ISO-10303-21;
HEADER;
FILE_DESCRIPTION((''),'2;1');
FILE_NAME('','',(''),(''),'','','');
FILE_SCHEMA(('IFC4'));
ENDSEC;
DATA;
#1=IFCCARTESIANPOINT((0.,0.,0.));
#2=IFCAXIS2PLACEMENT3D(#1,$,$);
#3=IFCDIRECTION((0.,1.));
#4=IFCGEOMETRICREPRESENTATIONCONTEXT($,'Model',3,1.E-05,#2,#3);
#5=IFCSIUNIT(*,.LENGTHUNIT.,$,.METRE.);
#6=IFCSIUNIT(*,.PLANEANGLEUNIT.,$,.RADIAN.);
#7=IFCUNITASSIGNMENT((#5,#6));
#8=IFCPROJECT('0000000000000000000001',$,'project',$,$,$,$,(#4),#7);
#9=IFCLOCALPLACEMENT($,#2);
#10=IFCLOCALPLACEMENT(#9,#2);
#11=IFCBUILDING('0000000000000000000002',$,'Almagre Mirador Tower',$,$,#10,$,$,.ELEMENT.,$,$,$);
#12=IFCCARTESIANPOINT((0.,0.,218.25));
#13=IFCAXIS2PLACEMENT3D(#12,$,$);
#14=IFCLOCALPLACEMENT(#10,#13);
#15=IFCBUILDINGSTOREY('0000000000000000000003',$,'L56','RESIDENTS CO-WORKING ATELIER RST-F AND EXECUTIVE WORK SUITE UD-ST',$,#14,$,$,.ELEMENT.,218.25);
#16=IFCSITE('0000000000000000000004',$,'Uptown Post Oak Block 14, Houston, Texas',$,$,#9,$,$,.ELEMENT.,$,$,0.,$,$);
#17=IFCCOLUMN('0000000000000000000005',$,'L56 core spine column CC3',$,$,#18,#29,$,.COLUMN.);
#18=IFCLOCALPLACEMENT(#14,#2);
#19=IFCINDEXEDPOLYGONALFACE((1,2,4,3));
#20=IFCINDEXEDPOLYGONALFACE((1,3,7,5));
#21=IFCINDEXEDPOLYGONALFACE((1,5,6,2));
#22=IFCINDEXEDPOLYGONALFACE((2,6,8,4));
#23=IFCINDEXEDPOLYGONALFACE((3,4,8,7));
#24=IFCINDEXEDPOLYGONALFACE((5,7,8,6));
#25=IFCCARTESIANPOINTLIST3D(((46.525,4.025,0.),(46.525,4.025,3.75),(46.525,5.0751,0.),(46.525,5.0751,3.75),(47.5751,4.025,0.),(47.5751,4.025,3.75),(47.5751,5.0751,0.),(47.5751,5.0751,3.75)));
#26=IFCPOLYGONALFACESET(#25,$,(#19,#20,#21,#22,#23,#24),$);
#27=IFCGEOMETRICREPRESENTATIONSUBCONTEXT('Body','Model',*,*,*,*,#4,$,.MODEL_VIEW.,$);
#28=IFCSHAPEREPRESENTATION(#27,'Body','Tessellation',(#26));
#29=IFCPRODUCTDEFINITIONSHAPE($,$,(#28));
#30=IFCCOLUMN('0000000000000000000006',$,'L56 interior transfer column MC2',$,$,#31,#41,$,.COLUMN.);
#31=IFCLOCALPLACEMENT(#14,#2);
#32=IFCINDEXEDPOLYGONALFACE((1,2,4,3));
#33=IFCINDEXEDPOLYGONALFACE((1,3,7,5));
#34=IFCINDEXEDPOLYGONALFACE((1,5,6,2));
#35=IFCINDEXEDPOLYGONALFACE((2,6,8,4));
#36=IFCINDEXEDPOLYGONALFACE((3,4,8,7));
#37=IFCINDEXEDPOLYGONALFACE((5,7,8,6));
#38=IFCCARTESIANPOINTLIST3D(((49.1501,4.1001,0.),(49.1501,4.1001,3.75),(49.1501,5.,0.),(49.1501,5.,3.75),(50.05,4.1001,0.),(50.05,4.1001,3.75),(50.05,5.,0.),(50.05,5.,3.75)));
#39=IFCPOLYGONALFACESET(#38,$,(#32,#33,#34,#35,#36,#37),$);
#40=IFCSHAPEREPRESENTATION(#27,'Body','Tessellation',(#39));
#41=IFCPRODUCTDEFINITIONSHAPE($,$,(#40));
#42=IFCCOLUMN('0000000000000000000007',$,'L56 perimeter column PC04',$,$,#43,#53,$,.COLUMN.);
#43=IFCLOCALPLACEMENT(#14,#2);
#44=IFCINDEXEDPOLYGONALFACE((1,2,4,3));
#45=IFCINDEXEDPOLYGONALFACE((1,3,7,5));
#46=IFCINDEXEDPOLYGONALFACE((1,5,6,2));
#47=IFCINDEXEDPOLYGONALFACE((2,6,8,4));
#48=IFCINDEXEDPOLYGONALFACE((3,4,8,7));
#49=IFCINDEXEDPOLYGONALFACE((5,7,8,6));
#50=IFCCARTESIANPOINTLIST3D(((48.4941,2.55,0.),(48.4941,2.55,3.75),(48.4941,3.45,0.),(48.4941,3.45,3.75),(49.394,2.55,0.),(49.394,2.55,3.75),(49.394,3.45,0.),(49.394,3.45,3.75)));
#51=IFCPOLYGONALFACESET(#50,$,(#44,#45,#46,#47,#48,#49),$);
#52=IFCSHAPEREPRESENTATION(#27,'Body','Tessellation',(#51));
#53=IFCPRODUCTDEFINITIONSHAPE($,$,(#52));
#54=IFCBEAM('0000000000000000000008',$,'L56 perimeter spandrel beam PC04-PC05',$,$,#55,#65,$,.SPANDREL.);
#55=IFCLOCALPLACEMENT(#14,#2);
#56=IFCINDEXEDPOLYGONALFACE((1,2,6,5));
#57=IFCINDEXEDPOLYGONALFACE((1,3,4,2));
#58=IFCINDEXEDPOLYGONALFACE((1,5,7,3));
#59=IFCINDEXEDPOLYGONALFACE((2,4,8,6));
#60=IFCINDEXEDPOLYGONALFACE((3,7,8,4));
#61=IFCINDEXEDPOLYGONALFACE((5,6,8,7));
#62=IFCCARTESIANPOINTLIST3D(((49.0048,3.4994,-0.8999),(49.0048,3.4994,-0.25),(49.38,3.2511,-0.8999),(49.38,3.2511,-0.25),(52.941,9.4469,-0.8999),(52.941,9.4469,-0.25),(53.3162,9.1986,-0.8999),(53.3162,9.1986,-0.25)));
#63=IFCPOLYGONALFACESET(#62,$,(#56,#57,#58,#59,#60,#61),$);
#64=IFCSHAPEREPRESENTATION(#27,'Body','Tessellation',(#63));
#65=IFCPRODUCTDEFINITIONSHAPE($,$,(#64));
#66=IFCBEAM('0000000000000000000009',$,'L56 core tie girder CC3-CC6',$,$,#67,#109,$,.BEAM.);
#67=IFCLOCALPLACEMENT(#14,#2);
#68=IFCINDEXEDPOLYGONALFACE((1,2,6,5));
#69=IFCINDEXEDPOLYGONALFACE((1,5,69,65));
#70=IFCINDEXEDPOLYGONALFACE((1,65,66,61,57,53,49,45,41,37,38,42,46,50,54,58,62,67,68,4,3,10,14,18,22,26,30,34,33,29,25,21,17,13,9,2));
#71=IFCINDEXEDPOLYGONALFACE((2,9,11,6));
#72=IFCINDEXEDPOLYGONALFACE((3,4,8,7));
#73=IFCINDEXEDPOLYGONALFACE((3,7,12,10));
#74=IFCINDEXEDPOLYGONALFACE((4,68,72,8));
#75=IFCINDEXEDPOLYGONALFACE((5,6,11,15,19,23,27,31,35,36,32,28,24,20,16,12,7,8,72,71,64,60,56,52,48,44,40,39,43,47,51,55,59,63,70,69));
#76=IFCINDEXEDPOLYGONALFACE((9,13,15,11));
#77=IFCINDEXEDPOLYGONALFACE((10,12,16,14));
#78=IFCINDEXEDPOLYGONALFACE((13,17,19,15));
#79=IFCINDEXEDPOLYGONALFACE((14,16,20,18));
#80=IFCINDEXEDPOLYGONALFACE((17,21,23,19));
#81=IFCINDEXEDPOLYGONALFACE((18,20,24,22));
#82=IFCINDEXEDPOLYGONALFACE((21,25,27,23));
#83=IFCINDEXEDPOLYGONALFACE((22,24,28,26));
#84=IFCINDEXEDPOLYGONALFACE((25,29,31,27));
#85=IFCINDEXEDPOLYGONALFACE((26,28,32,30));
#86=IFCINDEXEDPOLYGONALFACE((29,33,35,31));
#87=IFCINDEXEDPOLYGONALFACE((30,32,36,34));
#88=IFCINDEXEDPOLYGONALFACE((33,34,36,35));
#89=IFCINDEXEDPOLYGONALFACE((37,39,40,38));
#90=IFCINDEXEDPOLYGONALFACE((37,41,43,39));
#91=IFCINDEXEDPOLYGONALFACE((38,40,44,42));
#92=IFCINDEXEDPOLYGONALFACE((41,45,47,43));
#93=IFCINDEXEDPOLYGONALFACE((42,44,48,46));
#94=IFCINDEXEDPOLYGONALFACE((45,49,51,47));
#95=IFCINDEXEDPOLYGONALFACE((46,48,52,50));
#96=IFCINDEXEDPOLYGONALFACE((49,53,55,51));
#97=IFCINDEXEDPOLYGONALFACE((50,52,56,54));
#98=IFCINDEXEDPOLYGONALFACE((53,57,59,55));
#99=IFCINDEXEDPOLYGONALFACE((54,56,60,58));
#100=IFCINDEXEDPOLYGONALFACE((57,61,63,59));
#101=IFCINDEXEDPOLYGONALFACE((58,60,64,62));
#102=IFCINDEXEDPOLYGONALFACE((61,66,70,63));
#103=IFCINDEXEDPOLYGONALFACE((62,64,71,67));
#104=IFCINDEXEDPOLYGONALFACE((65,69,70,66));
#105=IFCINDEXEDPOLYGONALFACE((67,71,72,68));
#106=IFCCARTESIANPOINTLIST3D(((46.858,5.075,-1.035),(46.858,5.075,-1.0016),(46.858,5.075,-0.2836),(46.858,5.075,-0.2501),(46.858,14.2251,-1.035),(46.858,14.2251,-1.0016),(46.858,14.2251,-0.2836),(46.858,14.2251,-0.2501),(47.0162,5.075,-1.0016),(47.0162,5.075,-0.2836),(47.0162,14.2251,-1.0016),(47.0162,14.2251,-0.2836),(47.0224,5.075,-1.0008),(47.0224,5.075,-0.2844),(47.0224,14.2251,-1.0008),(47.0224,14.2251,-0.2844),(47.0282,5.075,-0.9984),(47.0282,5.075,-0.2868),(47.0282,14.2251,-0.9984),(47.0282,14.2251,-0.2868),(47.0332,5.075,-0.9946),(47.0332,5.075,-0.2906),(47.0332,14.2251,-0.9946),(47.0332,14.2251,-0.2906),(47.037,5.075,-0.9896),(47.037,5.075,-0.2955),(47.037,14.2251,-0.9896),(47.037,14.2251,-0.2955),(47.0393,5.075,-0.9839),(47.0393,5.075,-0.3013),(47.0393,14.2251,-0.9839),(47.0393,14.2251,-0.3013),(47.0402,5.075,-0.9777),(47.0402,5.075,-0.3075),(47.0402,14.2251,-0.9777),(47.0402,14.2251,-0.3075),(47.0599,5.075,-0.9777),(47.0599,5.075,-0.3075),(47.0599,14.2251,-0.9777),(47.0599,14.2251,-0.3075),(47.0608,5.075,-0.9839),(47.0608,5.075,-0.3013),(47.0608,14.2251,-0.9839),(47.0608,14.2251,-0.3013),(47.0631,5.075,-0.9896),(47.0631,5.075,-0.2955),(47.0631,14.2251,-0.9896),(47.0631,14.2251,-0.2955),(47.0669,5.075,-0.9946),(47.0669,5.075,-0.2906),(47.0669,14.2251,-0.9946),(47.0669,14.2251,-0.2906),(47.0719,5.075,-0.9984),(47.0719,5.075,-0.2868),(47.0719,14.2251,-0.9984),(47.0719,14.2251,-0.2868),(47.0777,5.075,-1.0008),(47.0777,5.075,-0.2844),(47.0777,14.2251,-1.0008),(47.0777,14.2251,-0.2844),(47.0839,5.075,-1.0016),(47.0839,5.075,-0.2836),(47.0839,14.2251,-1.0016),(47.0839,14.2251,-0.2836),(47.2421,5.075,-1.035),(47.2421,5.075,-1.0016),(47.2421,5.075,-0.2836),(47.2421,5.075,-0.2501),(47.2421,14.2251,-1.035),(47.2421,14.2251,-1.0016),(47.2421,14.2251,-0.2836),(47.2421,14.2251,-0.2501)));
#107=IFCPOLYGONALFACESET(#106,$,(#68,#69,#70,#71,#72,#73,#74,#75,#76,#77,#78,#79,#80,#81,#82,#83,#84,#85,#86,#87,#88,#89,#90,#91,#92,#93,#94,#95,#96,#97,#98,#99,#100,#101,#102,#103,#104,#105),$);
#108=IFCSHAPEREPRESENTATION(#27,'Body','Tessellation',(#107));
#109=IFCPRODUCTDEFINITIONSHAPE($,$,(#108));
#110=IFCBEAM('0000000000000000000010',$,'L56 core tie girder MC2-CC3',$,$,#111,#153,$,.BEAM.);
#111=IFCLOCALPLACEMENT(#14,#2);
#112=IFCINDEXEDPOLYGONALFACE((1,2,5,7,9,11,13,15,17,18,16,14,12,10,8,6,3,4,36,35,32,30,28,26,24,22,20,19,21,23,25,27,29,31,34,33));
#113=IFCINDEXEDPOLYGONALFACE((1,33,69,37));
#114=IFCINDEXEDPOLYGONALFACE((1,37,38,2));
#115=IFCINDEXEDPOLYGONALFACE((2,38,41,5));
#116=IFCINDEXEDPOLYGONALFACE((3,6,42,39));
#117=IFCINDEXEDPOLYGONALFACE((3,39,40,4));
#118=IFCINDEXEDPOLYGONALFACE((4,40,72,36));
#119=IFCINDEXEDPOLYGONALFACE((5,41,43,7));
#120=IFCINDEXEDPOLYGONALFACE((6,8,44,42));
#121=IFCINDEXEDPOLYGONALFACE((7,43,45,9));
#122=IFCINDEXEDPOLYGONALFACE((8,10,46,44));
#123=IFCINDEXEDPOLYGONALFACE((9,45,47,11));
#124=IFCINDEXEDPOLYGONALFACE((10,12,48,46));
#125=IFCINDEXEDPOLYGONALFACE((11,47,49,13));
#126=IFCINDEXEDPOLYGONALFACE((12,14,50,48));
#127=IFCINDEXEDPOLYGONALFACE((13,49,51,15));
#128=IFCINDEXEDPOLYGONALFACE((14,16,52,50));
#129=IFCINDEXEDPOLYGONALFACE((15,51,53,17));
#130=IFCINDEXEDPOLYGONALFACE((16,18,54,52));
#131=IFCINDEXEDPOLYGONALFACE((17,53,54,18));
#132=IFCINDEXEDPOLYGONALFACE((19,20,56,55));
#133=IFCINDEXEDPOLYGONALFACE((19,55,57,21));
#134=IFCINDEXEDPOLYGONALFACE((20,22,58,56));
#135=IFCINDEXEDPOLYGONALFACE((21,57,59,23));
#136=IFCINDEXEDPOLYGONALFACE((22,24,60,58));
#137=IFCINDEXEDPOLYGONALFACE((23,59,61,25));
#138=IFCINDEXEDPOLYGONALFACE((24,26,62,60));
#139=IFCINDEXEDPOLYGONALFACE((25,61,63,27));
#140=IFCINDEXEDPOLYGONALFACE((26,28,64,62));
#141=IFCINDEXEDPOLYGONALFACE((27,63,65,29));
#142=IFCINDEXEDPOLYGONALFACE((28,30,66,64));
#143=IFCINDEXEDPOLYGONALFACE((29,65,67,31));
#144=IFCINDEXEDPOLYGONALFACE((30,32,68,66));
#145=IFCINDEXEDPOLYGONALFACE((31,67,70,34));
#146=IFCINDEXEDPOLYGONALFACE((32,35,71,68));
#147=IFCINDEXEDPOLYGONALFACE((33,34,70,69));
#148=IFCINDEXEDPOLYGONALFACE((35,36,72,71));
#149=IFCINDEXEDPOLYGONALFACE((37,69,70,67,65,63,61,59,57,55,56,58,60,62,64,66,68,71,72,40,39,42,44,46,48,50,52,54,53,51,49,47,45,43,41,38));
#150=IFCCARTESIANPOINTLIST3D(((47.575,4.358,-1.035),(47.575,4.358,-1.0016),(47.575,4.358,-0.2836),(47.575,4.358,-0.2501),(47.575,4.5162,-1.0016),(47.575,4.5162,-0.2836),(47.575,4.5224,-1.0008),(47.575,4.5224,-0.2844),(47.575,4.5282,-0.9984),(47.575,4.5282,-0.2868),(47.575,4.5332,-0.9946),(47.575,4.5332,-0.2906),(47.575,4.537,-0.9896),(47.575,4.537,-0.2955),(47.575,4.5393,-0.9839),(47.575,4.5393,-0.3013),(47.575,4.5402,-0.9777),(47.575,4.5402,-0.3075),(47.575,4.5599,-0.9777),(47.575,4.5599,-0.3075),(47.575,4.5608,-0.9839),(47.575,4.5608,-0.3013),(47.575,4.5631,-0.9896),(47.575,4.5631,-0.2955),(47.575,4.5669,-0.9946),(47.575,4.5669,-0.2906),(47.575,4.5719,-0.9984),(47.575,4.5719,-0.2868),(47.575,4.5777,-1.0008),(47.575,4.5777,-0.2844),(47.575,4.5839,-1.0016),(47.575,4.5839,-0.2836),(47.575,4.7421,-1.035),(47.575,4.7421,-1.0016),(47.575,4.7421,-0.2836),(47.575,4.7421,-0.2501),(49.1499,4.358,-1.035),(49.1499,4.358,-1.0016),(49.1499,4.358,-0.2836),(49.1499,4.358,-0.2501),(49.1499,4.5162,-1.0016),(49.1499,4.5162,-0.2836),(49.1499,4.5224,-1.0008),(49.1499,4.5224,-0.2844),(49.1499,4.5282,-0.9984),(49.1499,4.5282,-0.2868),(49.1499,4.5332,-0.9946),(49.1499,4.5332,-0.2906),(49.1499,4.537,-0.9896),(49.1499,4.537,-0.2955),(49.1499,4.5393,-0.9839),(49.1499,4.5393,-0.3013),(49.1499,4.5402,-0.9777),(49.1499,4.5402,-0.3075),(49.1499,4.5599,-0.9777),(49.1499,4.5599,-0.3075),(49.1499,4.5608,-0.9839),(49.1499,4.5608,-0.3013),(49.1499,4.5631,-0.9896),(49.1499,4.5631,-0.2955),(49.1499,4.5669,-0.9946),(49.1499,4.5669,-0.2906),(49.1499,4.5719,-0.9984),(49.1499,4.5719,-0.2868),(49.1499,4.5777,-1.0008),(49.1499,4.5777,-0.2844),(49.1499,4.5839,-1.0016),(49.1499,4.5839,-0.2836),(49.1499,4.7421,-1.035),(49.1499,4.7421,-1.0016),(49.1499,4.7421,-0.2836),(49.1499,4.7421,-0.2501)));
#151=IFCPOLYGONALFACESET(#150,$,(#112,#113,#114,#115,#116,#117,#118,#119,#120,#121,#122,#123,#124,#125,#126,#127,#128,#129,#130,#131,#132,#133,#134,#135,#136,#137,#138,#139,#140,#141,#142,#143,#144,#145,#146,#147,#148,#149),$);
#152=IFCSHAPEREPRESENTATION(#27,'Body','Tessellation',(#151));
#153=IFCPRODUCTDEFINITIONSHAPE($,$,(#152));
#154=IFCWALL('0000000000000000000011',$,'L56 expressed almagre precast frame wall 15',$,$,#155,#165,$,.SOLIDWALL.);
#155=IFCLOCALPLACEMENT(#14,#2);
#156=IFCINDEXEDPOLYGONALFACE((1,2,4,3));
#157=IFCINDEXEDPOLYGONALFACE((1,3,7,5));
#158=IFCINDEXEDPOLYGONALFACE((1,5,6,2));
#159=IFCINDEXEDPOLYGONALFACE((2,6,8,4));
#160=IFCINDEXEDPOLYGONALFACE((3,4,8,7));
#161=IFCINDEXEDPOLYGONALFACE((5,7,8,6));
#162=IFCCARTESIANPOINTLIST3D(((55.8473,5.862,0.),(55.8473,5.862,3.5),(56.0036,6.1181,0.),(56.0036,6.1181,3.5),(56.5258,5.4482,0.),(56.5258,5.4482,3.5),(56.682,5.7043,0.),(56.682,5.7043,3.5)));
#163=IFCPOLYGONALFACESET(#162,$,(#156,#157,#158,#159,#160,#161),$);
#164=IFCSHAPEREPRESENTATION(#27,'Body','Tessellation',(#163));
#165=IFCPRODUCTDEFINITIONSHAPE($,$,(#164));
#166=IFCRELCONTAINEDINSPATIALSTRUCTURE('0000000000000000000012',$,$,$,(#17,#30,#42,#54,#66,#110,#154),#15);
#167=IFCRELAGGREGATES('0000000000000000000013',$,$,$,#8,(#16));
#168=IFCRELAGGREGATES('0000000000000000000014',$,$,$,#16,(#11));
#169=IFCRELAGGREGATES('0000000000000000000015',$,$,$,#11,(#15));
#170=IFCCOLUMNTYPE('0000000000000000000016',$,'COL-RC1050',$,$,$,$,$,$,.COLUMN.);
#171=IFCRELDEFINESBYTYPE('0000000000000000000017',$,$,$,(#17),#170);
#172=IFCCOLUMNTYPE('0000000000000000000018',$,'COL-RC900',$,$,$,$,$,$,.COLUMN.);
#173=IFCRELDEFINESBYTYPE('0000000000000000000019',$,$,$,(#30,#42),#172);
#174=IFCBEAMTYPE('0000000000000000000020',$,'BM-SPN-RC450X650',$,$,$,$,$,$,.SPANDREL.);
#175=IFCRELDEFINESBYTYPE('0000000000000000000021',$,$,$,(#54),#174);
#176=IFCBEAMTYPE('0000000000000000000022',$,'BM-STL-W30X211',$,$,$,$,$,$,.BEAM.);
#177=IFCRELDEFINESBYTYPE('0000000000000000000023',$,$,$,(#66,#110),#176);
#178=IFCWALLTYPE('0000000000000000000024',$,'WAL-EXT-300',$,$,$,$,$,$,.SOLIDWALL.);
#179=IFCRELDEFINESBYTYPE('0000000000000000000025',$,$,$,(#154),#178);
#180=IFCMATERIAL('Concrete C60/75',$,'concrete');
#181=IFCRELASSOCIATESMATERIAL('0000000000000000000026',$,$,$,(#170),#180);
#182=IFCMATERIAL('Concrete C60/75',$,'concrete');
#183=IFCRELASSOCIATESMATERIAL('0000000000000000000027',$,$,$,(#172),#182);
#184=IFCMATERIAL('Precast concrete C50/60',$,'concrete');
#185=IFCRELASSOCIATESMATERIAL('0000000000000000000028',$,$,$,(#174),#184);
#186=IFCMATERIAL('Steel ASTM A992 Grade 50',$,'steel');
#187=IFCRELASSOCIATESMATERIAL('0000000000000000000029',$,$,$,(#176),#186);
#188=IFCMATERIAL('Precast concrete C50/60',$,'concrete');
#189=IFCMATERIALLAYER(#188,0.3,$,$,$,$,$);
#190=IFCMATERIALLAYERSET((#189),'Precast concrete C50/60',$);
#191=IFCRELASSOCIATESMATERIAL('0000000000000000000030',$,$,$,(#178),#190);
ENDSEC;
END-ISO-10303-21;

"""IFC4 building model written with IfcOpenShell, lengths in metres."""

from ifc_helpers import new_model, si_unit, direction, frame, frame_2d, origin, origin_2d, place, context, subcontext, project, spatial, rectangle, i_section, extrude, material, layer, layer_set, material_profile, profile_set, type_object, element, save


model = new_model("IFC4")

# Units and contexts
model_context = context("Model", 3, precision=1e-05, world=origin(), true_north=direction((0.0, 1.0)))
body_context = subcontext(model_context, "Body", "Model", "MODEL_VIEW")
ifc_project = project(units=[si_unit("LENGTHUNIT", "METRE"), si_unit("PLANEANGLEUNIT", "RADIAN")], contexts=[model_context])

# Site, building, storey
site_placement = place(None, origin())
site = spatial("IfcSite", under=ifc_project, at=site_placement, Name="Uptown Post Oak Block 14, Houston, Texas", CompositionType="ELEMENT", RefElevation=0.0)
building_placement = place(site_placement, origin())
building = spatial("IfcBuilding", under=site, at=building_placement, Name="Almagre Mirador Tower", CompositionType="ELEMENT")
storey_placement = place(building_placement, frame((0.0, 0.0, 218.25)))
storey = spatial("IfcBuildingStorey", under=building, at=storey_placement, Name="L56", Description="RESIDENTS CO-WORKING ATELIER RST-F AND EXECUTIVE WORK SUITE UD-ST", CompositionType="ELEMENT", Elevation=218.25)

# Columns
ifc_material_1 = material(Name="Concrete C60/75", Category="concrete")
ifc_material_profile_1 = material_profile(ifc_material_1, rectangle(XDim=1.05, YDim=1.05, at=origin_2d()), Name="RC1050X1050")
ifc_profile_set_1 = profile_set([ifc_material_profile_1], Name="Concrete C60/75")
column_type_1 = type_object("IfcColumnType", Name="COL-RC1050", PredefinedType="COLUMN", material=ifc_profile_set_1)
column_placement = place(storey_placement, frame((47.05, 4.55, 0.0), z_axis=(0.0, 0.0, 1.0), x_axis=(1.0, 0.0, 0.0)))
element("IfcColumn", 1, at=column_placement, inside=storey, type_object=column_type_1, Name="L56 core spine column CC3", PredefinedType="COLUMN", context=body_context, shape_type="SweptSolid", body=[
    extrude(rectangle(XDim=1.05, YDim=1.05, at=origin_2d()), origin(), (0.0, 0.0, 1.0), 3.75),
])
ifc_material_2 = material(Name="Concrete C60/75", Category="concrete")
ifc_material_profile_2 = material_profile(ifc_material_2, rectangle(XDim=0.8999, YDim=0.8999, at=origin_2d()), Name="RC900X900")
ifc_profile_set_2 = profile_set([ifc_material_profile_2], Name="Concrete C60/75")
column_type_2 = type_object("IfcColumnType", Name="COL-RC900", PredefinedType="COLUMN", material=ifc_profile_set_2)
for number, where, z_axis, x_axis, name in (
    (2, (49.6001, 4.55, 0.0), (0.0, 0.0, 1.0), (1.0, 0.0, 0.0), "L56 interior transfer column MC2"),
    (3, (48.9441, 3.0, 0.0), (0.0, 0.0, 1.0), (1.0, 0.0, 0.0), "L56 perimeter column PC04"),
):
    element("IfcColumn", number, at=place(storey_placement, frame(where, z_axis=z_axis, x_axis=x_axis)), inside=storey, type_object=column_type_2, Name=name, PredefinedType="COLUMN", context=body_context, shape_type="SweptSolid", body=[
        extrude(rectangle(XDim=0.8999, YDim=0.8999, at=origin_2d()), origin(), (0.0, 0.0, 1.0), 3.75),
    ])

# Beams
ifc_material_3 = material(Name="Precast concrete C50/60", Category="concrete")
ifc_material_profile_3 = material_profile(ifc_material_3, rectangle(XDim=0.45, YDim=0.6499, at=origin_2d()), Name="RC450X650")
ifc_profile_set_3 = profile_set([ifc_material_profile_3], Name="Precast concrete C50/60")
beam_type_1 = type_object("IfcBeamType", Name="BM-SPN-RC450X650", PredefinedType="SPANDREL", material=ifc_profile_set_3)
beam_1_placement = place(storey_placement, frame((49.1924, 3.3752, -0.575), z_axis=(0.551909, 0.833905, 0.0), x_axis=(-0.833905, 0.551909, 0.0)))
element("IfcBeam", 4, at=beam_1_placement, inside=storey, type_object=beam_type_1, Name="L56 perimeter spandrel beam PC04-PC05", PredefinedType="SPANDREL", context=body_context, shape_type="SweptSolid", body=[
    extrude(rectangle(XDim=0.45, YDim=0.6499, at=origin_2d()), origin(), (0.0, 0.0, 1.0), 7.1321),
])
ifc_material_4 = material(Name="Steel ASTM A992 Grade 50", Category="steel")
ifc_material_profile_4 = material_profile(ifc_material_4, i_section(OverallWidth=0.384, OverallDepth=0.7849, WebThickness=0.0198, FlangeThickness=0.0334, FilletRadius=0.0239, at=origin_2d()), Name="W30X211")
ifc_profile_set_4 = profile_set([ifc_material_profile_4], Name="Steel ASTM A992 Grade 50")
beam_type_2 = type_object("IfcBeamType", Name="BM-STL-W30X211", PredefinedType="BEAM", material=ifc_profile_set_4)
beam_2_placement = place(storey_placement, frame((47.05, 5.075, -0.6426), z_axis=(0.0, 1.0, 0.0), x_axis=(-1.0, 0.0, 0.0)))
element("IfcBeam", 5, at=beam_2_placement, inside=storey, type_object=beam_type_2, Name="L56 core tie girder CC3-CC6", PredefinedType="BEAM", context=body_context, shape_type="SweptSolid", body=[
    extrude(i_section(OverallWidth=0.384, OverallDepth=0.7849, WebThickness=0.0198, FlangeThickness=0.0334, FilletRadius=0.0239, at=origin_2d()), origin(), (0.0, 0.0, 1.0), 9.1501),
])
beam_3_placement = place(storey_placement, frame((49.1499, 4.55, -0.6426), z_axis=(-1.0, 0.0, 0.0), x_axis=(0.0, -1.0, 0.0)))
element("IfcBeam", 6, at=beam_3_placement, inside=storey, type_object=beam_type_2, Name="L56 core tie girder MC2-CC3", PredefinedType="BEAM", context=body_context, shape_type="SweptSolid", body=[
    extrude(i_section(OverallWidth=0.384, OverallDepth=0.7849, WebThickness=0.0198, FlangeThickness=0.0334, FilletRadius=0.0239, at=origin_2d()), origin(), (0.0, 0.0, 1.0), 1.575),
])

# Wall
ifc_material_5 = material(Name="Precast concrete C50/60", Category="concrete")
ifc_layer_1 = layer(ifc_material_5, 0.3)
ifc_layer_set_1 = layer_set([ifc_layer_1], Name="Precast concrete C50/60")
wall_type_1 = type_object("IfcWallType", Name="WAL-EXT-300", PredefinedType="SOLIDWALL", material=ifc_layer_set_1)
wall_1_placement = place(storey_placement, frame((56.604, 5.5762, 0.0), z_axis=(0.0, 0.0, 1.0), x_axis=(-0.85373, 0.520717, 0.0)))
element("IfcWall", 7, at=wall_1_placement, inside=storey, type_object=wall_type_1, Name="L56 expressed almagre precast frame wall 15", PredefinedType="SOLIDWALL", context=body_context, shape_type="SweptSolid", body=[
    extrude(rectangle(XDim=0.7947, YDim=0.3, at=frame_2d((0.3975, 0.0))), origin(), (0.0, 0.0, 1.0), 3.5),
])

save(model, "model.ifc")
